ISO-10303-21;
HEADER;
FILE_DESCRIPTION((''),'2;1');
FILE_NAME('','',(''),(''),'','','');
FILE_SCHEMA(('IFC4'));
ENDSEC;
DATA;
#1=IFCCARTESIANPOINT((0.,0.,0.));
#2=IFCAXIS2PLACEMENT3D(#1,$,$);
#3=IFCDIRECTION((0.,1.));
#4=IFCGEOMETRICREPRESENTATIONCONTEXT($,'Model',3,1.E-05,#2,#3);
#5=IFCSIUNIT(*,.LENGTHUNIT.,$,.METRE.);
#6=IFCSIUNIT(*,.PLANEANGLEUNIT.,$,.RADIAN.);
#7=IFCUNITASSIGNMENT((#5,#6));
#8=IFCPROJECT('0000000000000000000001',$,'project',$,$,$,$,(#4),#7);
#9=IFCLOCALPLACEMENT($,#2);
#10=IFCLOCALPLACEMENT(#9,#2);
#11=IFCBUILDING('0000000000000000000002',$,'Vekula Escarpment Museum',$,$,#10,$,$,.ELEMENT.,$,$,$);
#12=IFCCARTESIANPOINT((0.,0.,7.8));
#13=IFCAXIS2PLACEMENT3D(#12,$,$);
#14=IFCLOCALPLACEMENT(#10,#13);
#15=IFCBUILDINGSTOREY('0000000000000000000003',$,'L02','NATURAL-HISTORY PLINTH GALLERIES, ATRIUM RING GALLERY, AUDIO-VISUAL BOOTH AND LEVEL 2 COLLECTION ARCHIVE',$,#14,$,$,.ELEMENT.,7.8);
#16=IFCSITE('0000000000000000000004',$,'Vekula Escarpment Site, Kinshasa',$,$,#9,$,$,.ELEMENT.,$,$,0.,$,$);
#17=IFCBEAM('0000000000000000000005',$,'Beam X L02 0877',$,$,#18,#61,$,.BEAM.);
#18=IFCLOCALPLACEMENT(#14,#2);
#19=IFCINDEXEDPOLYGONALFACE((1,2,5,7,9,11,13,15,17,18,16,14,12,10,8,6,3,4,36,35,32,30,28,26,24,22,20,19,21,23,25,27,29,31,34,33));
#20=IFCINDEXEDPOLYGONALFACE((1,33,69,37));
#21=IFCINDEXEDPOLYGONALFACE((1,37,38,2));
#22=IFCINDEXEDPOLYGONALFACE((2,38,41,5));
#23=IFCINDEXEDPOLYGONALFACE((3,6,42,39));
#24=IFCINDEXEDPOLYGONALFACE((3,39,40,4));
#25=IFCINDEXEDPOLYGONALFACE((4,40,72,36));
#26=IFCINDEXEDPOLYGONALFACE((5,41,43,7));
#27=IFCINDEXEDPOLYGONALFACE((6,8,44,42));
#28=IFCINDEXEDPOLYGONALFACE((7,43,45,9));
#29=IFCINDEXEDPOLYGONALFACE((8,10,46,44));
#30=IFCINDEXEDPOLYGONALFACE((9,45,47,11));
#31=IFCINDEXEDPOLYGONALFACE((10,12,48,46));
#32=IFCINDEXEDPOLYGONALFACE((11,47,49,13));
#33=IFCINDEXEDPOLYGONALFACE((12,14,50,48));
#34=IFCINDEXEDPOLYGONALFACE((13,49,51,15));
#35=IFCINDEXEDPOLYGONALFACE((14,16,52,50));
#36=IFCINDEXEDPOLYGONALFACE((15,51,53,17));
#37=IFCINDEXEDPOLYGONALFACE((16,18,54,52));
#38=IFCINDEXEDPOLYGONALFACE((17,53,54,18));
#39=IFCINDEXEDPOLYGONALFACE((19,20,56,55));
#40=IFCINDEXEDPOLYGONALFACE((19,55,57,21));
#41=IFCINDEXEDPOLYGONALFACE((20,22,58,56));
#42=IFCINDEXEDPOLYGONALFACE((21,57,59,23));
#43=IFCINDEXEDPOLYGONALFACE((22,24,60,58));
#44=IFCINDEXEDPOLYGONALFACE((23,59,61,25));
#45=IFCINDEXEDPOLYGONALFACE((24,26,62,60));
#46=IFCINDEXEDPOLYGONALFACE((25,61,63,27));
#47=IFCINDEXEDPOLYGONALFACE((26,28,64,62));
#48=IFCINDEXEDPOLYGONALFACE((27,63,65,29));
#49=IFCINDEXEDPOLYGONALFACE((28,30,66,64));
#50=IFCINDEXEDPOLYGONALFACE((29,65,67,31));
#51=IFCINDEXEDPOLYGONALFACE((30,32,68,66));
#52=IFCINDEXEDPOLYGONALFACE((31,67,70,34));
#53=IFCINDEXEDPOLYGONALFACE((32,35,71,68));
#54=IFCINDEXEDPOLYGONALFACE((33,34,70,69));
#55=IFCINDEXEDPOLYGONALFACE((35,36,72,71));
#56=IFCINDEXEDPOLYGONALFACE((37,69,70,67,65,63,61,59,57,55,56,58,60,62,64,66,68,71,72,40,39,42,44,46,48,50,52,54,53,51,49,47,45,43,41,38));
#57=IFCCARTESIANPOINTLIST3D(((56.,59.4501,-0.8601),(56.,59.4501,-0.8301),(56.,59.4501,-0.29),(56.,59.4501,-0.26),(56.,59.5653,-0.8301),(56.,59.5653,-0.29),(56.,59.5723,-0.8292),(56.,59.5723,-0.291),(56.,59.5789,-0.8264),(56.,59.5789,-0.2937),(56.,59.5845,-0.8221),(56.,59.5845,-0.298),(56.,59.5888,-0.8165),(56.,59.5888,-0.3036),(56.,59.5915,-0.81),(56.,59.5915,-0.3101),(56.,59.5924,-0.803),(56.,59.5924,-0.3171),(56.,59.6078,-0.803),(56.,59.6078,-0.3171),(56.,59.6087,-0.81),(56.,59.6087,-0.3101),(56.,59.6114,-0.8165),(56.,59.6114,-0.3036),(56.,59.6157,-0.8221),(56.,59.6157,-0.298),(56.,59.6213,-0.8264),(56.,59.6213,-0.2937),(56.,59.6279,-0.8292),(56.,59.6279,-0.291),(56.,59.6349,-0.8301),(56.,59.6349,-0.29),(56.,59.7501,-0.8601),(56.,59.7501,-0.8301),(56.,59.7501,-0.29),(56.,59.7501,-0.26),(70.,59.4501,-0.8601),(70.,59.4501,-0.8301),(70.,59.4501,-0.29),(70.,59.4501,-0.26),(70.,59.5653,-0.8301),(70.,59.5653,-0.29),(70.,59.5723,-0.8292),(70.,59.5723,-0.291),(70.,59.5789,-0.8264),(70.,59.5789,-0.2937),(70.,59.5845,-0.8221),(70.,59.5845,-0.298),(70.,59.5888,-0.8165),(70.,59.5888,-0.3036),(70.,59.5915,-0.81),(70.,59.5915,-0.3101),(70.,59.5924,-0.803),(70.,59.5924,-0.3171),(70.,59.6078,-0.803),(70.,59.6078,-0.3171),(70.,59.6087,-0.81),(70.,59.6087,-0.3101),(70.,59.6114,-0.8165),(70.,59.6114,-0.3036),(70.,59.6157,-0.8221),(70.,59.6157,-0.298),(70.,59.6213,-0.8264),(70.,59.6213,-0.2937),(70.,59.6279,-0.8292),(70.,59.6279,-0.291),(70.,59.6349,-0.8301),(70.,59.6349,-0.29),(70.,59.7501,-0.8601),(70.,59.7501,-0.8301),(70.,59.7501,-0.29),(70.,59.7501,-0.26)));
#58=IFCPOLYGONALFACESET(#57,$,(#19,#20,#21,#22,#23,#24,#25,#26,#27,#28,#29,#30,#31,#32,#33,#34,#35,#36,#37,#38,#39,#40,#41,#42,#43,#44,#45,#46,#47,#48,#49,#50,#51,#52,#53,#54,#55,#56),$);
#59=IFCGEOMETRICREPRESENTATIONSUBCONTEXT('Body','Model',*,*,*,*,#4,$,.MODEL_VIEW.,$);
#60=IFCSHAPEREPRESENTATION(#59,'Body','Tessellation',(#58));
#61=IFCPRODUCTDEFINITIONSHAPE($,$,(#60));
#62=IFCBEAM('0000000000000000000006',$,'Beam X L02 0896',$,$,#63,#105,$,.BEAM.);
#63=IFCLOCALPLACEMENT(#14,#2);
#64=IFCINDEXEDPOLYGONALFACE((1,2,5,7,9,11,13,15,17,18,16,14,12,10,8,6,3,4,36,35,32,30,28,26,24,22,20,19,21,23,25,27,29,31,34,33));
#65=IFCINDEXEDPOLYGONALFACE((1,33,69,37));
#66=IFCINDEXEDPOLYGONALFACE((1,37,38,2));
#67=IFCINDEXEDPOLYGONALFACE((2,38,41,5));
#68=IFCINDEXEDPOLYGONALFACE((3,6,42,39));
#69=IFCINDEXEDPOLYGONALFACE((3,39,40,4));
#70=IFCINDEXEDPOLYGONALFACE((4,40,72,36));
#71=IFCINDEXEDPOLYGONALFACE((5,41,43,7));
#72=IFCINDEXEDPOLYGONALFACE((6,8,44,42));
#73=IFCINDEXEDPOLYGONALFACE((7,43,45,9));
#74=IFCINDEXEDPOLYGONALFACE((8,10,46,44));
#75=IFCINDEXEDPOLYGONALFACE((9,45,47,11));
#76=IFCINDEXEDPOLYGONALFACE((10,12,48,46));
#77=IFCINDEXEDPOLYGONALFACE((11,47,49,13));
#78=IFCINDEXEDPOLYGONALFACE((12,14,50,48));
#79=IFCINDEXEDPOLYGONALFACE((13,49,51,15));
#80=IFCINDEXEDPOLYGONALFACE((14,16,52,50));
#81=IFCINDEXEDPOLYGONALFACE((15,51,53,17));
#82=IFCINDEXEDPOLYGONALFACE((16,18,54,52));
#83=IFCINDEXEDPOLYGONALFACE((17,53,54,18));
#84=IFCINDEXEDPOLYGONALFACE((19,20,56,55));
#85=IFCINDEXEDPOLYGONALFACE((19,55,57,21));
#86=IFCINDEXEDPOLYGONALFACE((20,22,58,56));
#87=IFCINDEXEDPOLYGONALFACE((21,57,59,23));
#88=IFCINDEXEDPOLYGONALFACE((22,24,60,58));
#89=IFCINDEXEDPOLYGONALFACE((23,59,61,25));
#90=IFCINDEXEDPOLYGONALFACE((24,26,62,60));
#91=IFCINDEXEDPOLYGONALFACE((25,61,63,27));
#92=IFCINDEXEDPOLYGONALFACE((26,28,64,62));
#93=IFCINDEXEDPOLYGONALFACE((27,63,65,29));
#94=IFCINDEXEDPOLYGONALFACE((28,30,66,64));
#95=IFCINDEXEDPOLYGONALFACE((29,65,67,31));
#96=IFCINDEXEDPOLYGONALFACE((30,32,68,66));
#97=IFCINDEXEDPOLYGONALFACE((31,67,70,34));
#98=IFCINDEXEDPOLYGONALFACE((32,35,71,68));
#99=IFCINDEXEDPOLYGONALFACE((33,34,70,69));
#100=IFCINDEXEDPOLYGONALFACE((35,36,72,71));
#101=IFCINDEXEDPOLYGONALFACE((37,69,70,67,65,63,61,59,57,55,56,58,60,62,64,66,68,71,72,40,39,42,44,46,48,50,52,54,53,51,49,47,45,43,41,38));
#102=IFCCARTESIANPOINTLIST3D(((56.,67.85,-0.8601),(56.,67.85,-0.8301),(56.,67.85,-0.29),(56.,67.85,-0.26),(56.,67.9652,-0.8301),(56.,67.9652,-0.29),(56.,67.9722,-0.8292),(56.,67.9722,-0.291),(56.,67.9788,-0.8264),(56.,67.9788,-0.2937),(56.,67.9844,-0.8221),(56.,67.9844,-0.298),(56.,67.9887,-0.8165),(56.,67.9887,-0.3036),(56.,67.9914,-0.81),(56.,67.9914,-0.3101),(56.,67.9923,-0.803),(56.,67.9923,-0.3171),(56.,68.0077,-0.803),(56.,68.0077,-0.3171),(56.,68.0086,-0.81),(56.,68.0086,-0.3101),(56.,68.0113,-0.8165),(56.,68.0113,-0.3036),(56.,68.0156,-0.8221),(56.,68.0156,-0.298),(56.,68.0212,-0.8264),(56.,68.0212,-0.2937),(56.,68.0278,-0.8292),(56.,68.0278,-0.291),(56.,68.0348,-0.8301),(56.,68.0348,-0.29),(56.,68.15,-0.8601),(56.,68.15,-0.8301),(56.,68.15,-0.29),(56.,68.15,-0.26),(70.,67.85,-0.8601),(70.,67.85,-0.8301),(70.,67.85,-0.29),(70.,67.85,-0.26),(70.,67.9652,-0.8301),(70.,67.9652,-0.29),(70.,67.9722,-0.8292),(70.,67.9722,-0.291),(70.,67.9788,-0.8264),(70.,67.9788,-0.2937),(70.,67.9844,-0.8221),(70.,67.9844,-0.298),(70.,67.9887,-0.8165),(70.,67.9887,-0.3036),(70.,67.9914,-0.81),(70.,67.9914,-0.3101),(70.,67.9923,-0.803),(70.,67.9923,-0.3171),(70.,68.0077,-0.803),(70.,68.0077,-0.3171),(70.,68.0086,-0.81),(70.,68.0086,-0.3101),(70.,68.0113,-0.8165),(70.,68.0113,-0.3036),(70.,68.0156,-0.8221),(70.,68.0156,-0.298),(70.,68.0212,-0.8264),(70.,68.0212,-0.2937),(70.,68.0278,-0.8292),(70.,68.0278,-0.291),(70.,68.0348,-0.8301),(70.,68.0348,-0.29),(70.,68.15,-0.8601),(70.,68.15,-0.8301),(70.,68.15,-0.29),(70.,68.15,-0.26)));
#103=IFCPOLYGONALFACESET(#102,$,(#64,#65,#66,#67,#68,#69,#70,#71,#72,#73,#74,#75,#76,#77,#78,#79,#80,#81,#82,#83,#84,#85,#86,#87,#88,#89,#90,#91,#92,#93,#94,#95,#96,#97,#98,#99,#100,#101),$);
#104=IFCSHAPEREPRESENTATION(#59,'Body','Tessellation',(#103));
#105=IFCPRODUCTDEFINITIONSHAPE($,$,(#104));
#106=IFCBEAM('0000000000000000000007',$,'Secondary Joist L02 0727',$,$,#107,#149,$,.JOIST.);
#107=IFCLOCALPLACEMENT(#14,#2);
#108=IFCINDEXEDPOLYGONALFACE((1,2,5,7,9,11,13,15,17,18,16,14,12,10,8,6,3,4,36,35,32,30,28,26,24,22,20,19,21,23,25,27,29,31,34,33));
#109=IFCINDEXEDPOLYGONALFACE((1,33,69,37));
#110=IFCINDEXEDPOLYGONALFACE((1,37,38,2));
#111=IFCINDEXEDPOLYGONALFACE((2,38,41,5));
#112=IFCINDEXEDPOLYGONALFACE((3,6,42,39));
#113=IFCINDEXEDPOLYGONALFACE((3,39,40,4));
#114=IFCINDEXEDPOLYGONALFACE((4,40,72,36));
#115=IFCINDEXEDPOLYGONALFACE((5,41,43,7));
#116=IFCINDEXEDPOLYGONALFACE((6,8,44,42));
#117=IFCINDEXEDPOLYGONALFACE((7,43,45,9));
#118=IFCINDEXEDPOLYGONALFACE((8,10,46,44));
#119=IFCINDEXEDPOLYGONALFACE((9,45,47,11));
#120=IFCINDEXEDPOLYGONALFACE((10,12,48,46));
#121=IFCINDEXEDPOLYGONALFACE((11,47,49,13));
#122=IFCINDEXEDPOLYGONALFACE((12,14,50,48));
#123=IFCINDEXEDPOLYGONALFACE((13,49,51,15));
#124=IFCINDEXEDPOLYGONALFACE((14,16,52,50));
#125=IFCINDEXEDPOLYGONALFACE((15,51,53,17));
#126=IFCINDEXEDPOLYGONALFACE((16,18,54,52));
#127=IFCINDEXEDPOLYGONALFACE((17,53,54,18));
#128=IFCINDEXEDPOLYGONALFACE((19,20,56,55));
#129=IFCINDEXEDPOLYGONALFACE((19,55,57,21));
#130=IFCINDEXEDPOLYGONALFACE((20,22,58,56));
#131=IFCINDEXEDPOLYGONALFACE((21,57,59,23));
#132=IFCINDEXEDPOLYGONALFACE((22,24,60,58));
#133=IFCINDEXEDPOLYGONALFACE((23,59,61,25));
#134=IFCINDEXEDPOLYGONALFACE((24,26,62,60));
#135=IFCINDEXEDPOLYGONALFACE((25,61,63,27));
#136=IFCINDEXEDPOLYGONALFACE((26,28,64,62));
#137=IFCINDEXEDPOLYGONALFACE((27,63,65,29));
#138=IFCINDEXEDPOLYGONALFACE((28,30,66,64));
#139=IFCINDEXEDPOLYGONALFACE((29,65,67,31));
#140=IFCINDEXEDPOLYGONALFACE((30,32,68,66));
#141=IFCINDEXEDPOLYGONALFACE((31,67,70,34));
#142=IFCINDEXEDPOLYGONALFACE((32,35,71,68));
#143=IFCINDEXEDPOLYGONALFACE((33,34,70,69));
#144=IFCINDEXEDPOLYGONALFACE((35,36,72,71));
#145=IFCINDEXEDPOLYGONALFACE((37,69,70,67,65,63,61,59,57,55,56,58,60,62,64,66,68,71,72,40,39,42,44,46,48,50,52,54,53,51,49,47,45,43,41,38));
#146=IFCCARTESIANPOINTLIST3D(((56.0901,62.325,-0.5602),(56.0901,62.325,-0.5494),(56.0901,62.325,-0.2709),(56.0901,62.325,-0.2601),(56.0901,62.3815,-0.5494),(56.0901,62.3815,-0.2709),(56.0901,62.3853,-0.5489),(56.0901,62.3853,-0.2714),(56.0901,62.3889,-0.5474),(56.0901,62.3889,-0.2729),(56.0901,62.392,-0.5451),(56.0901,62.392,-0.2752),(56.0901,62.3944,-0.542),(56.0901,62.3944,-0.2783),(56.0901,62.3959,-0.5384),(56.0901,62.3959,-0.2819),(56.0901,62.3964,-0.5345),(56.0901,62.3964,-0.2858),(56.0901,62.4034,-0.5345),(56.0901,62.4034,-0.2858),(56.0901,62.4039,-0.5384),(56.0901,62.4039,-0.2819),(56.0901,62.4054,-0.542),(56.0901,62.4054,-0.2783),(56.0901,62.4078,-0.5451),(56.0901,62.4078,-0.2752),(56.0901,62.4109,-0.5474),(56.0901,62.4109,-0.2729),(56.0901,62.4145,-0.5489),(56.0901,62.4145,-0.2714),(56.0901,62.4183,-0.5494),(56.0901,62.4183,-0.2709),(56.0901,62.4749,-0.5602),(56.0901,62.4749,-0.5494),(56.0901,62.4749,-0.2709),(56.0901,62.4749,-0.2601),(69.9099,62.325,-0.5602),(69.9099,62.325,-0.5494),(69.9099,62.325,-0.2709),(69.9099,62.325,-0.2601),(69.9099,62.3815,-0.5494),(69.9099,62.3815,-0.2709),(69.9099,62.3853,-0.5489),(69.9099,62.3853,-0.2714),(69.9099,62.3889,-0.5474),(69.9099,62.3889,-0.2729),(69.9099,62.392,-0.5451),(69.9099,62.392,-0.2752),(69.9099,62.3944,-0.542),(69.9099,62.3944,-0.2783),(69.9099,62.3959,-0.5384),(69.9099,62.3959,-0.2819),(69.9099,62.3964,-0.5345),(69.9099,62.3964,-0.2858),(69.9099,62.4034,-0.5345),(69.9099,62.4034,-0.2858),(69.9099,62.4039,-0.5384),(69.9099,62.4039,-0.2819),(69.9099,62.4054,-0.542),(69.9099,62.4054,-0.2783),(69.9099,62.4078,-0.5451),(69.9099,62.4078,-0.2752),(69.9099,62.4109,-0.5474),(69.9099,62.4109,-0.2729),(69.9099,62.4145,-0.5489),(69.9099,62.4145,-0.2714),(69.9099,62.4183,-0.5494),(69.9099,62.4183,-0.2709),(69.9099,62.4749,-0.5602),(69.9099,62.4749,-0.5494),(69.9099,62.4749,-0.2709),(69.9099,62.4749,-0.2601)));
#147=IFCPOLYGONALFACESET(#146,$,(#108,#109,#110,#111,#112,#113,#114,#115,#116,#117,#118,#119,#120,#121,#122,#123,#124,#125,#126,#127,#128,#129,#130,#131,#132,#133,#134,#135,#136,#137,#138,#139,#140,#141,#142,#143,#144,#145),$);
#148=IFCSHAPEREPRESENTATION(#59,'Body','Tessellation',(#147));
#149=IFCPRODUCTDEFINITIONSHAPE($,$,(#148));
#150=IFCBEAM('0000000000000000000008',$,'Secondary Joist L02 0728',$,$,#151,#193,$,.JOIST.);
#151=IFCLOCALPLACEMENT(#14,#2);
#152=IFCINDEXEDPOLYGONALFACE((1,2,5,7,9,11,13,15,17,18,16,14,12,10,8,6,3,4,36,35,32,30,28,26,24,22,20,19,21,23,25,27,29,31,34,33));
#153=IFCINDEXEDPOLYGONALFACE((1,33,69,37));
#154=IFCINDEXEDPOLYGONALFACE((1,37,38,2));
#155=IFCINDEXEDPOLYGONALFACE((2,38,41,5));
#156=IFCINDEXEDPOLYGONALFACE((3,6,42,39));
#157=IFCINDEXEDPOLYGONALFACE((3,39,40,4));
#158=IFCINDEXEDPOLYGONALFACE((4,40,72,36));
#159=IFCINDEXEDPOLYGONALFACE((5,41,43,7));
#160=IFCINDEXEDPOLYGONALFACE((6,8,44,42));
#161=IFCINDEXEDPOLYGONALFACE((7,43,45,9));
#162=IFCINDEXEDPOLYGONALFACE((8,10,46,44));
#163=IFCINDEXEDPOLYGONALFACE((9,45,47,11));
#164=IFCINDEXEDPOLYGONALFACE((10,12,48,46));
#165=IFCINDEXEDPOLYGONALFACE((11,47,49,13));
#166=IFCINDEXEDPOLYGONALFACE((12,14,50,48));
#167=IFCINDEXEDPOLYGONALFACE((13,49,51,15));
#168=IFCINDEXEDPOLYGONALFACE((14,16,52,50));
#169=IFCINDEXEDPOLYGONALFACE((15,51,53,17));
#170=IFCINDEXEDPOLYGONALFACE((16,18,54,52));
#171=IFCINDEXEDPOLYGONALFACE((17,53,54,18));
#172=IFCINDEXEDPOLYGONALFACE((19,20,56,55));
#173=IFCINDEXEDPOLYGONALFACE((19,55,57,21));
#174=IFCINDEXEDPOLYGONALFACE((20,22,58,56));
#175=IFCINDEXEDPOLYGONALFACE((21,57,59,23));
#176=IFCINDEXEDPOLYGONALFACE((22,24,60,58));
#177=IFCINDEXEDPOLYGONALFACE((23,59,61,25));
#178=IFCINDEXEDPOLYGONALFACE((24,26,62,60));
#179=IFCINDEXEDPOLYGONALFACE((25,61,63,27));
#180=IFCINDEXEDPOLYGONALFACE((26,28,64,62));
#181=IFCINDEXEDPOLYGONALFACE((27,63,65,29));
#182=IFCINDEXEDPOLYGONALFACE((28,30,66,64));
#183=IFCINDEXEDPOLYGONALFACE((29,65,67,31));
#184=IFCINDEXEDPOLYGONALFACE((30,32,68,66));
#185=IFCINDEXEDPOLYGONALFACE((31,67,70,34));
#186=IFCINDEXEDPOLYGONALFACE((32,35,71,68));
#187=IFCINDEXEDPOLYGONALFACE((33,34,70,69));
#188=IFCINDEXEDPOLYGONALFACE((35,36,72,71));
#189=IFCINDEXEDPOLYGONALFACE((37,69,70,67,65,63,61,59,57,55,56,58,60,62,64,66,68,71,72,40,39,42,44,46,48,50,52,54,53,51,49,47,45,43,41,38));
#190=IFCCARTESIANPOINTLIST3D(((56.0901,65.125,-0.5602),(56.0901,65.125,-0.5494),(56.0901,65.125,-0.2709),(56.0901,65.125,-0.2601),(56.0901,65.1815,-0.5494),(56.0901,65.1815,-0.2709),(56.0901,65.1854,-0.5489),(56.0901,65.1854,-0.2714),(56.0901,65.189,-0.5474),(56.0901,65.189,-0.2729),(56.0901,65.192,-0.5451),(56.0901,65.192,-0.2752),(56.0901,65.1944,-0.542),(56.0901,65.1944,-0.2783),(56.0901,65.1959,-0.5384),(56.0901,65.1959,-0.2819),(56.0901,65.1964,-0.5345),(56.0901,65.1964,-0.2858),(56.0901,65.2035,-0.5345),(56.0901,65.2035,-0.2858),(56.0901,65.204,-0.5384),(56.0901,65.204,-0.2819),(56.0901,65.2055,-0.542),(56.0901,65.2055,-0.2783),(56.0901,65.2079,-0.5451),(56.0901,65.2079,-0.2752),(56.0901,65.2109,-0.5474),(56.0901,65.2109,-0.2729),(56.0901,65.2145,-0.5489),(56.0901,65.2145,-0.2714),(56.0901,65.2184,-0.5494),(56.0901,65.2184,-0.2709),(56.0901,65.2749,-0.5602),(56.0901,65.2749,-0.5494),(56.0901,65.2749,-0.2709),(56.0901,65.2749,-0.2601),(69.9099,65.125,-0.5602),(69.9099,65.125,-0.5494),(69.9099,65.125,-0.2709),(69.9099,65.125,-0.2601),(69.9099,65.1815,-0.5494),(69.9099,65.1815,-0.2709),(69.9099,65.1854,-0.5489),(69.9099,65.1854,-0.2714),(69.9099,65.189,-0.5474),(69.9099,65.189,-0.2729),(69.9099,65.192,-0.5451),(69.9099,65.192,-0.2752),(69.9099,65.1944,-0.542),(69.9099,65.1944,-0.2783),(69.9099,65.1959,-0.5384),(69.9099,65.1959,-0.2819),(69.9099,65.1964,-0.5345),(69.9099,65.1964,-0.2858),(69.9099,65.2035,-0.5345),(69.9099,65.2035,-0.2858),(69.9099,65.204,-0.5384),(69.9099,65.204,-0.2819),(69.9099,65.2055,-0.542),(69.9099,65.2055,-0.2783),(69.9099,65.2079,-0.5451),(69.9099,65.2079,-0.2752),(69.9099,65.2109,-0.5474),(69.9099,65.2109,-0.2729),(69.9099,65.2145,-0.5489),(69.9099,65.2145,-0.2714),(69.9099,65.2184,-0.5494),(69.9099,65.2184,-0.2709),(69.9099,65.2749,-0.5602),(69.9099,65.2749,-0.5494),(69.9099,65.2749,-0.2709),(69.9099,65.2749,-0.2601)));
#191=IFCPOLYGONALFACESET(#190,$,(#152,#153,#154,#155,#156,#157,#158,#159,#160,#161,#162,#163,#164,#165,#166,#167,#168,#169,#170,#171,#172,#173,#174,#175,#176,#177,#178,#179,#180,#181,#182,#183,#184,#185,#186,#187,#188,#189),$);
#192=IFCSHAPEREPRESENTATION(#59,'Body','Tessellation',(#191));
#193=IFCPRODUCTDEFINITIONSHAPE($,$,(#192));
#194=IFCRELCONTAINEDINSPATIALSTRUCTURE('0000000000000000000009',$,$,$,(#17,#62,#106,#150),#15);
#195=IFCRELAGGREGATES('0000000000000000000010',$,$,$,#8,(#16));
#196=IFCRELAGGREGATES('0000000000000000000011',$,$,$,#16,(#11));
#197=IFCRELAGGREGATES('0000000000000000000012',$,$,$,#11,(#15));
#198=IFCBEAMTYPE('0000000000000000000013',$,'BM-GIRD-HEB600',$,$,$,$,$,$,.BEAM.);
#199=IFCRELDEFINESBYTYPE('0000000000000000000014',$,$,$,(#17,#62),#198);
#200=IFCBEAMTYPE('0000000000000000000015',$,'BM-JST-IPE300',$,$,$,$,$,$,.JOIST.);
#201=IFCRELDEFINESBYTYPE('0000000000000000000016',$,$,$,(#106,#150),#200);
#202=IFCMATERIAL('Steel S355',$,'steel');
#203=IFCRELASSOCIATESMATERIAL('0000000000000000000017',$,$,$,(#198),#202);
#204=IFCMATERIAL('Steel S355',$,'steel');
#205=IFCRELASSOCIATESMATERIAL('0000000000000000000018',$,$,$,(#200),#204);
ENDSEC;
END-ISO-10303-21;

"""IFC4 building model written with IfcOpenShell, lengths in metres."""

from ifc_helpers import new_model, si_unit, direction, frame, origin, origin_2d, place, context, subcontext, project, spatial, i_section, extrude, material, material_profile, profile_set, type_object, element, save


model = new_model("IFC4")

# Units and contexts
model_context = context("Model", 3, precision=1e-05, world=origin(), true_north=direction((0.0, 1.0)))
body_context = subcontext(model_context, "Body", "Model", "MODEL_VIEW")
ifc_project = project(units=[si_unit("LENGTHUNIT", "METRE"), si_unit("PLANEANGLEUNIT", "RADIAN")], contexts=[model_context])

# Site, building, storey
site_placement = place(None, origin())
site = spatial("IfcSite", under=ifc_project, at=site_placement, Name="Vekula Escarpment Site, Kinshasa", CompositionType="ELEMENT", RefElevation=0.0)
building_placement = place(site_placement, origin())
building = spatial("IfcBuilding", under=site, at=building_placement, Name="Vekula Escarpment Museum", CompositionType="ELEMENT")
storey_placement = place(building_placement, frame((0.0, 0.0, 7.8)))
storey = spatial("IfcBuildingStorey", under=building, at=storey_placement, Name="L02", Description="NATURAL-HISTORY PLINTH GALLERIES, ATRIUM RING GALLERY, AUDIO-VISUAL BOOTH AND LEVEL 2 COLLECTION ARCHIVE", CompositionType="ELEMENT", Elevation=7.8)

# Beams
ifc_material_1 = material(Name="Steel S355", Category="steel")
ifc_material_profile_1 = material_profile(ifc_material_1, i_section(OverallWidth=0.3, OverallDepth=0.6001, WebThickness=0.0154, FlangeThickness=0.03, FilletRadius=0.0271, at=origin_2d()), Name="HEB 600")
ifc_profile_set_1 = profile_set([ifc_material_profile_1], Name="Steel S355")
beam_type_1 = type_object("IfcBeamType", Name="BM-GIRD-HEB600", PredefinedType="BEAM", material=ifc_profile_set_1)
for number, where, z_axis, x_axis, name in (
    (1, (56.0, 59.6001, -0.5601), (1.0, 0.0, 0.0), (0.0, 1.0, 0.0), "Beam X L02 0877"),
    (2, (56.0, 68.0, -0.5601), (1.0, 0.0, 0.0), (0.0, 1.0, 0.0), "Beam X L02 0896"),
):
    element("IfcBeam", number, at=place(storey_placement, frame(where, z_axis=z_axis, x_axis=x_axis)), inside=storey, type_object=beam_type_1, Name=name, PredefinedType="BEAM", context=body_context, shape_type="SweptSolid", body=[
        extrude(i_section(OverallWidth=0.3, OverallDepth=0.6001, WebThickness=0.0154, FlangeThickness=0.03, FilletRadius=0.0271, at=origin_2d()), origin(), (0.0, 0.0, 1.0), 14.0),
    ])
ifc_material_2 = material(Name="Steel S355", Category="steel")
ifc_material_profile_2 = material_profile(ifc_material_2, i_section(OverallWidth=0.1499, OverallDepth=0.3, WebThickness=0.0071, FlangeThickness=0.0107, FilletRadius=0.0149, at=origin_2d()), Name="IPE 300")
ifc_profile_set_2 = profile_set([ifc_material_profile_2], Name="Steel S355")
beam_type_2 = type_object("IfcBeamType", Name="BM-JST-IPE300", PredefinedType="JOIST", material=ifc_profile_set_2)
for number, where, z_axis, x_axis, name in (
    (3, (56.0901, 62.3999, -0.4102), (1.0, 0.0, 0.0), (0.0, 1.0, 0.0), "Secondary Joist L02 0727"),
    (4, (56.0901, 65.2, -0.4102), (1.0, 0.0, 0.0), (0.0, 1.0, 0.0), "Secondary Joist L02 0728"),
):
    element("IfcBeam", number, at=place(storey_placement, frame(where, z_axis=z_axis, x_axis=x_axis)), inside=storey, type_object=beam_type_2, Name=name, PredefinedType="JOIST", context=body_context, shape_type="SweptSolid", body=[
        extrude(i_section(OverallWidth=0.1499, OverallDepth=0.3, WebThickness=0.0071, FlangeThickness=0.0107, FilletRadius=0.0149, at=origin_2d()), origin(), (0.0, 0.0, 1.0), 13.8198),
    ])

save(model, "model.ifc")
